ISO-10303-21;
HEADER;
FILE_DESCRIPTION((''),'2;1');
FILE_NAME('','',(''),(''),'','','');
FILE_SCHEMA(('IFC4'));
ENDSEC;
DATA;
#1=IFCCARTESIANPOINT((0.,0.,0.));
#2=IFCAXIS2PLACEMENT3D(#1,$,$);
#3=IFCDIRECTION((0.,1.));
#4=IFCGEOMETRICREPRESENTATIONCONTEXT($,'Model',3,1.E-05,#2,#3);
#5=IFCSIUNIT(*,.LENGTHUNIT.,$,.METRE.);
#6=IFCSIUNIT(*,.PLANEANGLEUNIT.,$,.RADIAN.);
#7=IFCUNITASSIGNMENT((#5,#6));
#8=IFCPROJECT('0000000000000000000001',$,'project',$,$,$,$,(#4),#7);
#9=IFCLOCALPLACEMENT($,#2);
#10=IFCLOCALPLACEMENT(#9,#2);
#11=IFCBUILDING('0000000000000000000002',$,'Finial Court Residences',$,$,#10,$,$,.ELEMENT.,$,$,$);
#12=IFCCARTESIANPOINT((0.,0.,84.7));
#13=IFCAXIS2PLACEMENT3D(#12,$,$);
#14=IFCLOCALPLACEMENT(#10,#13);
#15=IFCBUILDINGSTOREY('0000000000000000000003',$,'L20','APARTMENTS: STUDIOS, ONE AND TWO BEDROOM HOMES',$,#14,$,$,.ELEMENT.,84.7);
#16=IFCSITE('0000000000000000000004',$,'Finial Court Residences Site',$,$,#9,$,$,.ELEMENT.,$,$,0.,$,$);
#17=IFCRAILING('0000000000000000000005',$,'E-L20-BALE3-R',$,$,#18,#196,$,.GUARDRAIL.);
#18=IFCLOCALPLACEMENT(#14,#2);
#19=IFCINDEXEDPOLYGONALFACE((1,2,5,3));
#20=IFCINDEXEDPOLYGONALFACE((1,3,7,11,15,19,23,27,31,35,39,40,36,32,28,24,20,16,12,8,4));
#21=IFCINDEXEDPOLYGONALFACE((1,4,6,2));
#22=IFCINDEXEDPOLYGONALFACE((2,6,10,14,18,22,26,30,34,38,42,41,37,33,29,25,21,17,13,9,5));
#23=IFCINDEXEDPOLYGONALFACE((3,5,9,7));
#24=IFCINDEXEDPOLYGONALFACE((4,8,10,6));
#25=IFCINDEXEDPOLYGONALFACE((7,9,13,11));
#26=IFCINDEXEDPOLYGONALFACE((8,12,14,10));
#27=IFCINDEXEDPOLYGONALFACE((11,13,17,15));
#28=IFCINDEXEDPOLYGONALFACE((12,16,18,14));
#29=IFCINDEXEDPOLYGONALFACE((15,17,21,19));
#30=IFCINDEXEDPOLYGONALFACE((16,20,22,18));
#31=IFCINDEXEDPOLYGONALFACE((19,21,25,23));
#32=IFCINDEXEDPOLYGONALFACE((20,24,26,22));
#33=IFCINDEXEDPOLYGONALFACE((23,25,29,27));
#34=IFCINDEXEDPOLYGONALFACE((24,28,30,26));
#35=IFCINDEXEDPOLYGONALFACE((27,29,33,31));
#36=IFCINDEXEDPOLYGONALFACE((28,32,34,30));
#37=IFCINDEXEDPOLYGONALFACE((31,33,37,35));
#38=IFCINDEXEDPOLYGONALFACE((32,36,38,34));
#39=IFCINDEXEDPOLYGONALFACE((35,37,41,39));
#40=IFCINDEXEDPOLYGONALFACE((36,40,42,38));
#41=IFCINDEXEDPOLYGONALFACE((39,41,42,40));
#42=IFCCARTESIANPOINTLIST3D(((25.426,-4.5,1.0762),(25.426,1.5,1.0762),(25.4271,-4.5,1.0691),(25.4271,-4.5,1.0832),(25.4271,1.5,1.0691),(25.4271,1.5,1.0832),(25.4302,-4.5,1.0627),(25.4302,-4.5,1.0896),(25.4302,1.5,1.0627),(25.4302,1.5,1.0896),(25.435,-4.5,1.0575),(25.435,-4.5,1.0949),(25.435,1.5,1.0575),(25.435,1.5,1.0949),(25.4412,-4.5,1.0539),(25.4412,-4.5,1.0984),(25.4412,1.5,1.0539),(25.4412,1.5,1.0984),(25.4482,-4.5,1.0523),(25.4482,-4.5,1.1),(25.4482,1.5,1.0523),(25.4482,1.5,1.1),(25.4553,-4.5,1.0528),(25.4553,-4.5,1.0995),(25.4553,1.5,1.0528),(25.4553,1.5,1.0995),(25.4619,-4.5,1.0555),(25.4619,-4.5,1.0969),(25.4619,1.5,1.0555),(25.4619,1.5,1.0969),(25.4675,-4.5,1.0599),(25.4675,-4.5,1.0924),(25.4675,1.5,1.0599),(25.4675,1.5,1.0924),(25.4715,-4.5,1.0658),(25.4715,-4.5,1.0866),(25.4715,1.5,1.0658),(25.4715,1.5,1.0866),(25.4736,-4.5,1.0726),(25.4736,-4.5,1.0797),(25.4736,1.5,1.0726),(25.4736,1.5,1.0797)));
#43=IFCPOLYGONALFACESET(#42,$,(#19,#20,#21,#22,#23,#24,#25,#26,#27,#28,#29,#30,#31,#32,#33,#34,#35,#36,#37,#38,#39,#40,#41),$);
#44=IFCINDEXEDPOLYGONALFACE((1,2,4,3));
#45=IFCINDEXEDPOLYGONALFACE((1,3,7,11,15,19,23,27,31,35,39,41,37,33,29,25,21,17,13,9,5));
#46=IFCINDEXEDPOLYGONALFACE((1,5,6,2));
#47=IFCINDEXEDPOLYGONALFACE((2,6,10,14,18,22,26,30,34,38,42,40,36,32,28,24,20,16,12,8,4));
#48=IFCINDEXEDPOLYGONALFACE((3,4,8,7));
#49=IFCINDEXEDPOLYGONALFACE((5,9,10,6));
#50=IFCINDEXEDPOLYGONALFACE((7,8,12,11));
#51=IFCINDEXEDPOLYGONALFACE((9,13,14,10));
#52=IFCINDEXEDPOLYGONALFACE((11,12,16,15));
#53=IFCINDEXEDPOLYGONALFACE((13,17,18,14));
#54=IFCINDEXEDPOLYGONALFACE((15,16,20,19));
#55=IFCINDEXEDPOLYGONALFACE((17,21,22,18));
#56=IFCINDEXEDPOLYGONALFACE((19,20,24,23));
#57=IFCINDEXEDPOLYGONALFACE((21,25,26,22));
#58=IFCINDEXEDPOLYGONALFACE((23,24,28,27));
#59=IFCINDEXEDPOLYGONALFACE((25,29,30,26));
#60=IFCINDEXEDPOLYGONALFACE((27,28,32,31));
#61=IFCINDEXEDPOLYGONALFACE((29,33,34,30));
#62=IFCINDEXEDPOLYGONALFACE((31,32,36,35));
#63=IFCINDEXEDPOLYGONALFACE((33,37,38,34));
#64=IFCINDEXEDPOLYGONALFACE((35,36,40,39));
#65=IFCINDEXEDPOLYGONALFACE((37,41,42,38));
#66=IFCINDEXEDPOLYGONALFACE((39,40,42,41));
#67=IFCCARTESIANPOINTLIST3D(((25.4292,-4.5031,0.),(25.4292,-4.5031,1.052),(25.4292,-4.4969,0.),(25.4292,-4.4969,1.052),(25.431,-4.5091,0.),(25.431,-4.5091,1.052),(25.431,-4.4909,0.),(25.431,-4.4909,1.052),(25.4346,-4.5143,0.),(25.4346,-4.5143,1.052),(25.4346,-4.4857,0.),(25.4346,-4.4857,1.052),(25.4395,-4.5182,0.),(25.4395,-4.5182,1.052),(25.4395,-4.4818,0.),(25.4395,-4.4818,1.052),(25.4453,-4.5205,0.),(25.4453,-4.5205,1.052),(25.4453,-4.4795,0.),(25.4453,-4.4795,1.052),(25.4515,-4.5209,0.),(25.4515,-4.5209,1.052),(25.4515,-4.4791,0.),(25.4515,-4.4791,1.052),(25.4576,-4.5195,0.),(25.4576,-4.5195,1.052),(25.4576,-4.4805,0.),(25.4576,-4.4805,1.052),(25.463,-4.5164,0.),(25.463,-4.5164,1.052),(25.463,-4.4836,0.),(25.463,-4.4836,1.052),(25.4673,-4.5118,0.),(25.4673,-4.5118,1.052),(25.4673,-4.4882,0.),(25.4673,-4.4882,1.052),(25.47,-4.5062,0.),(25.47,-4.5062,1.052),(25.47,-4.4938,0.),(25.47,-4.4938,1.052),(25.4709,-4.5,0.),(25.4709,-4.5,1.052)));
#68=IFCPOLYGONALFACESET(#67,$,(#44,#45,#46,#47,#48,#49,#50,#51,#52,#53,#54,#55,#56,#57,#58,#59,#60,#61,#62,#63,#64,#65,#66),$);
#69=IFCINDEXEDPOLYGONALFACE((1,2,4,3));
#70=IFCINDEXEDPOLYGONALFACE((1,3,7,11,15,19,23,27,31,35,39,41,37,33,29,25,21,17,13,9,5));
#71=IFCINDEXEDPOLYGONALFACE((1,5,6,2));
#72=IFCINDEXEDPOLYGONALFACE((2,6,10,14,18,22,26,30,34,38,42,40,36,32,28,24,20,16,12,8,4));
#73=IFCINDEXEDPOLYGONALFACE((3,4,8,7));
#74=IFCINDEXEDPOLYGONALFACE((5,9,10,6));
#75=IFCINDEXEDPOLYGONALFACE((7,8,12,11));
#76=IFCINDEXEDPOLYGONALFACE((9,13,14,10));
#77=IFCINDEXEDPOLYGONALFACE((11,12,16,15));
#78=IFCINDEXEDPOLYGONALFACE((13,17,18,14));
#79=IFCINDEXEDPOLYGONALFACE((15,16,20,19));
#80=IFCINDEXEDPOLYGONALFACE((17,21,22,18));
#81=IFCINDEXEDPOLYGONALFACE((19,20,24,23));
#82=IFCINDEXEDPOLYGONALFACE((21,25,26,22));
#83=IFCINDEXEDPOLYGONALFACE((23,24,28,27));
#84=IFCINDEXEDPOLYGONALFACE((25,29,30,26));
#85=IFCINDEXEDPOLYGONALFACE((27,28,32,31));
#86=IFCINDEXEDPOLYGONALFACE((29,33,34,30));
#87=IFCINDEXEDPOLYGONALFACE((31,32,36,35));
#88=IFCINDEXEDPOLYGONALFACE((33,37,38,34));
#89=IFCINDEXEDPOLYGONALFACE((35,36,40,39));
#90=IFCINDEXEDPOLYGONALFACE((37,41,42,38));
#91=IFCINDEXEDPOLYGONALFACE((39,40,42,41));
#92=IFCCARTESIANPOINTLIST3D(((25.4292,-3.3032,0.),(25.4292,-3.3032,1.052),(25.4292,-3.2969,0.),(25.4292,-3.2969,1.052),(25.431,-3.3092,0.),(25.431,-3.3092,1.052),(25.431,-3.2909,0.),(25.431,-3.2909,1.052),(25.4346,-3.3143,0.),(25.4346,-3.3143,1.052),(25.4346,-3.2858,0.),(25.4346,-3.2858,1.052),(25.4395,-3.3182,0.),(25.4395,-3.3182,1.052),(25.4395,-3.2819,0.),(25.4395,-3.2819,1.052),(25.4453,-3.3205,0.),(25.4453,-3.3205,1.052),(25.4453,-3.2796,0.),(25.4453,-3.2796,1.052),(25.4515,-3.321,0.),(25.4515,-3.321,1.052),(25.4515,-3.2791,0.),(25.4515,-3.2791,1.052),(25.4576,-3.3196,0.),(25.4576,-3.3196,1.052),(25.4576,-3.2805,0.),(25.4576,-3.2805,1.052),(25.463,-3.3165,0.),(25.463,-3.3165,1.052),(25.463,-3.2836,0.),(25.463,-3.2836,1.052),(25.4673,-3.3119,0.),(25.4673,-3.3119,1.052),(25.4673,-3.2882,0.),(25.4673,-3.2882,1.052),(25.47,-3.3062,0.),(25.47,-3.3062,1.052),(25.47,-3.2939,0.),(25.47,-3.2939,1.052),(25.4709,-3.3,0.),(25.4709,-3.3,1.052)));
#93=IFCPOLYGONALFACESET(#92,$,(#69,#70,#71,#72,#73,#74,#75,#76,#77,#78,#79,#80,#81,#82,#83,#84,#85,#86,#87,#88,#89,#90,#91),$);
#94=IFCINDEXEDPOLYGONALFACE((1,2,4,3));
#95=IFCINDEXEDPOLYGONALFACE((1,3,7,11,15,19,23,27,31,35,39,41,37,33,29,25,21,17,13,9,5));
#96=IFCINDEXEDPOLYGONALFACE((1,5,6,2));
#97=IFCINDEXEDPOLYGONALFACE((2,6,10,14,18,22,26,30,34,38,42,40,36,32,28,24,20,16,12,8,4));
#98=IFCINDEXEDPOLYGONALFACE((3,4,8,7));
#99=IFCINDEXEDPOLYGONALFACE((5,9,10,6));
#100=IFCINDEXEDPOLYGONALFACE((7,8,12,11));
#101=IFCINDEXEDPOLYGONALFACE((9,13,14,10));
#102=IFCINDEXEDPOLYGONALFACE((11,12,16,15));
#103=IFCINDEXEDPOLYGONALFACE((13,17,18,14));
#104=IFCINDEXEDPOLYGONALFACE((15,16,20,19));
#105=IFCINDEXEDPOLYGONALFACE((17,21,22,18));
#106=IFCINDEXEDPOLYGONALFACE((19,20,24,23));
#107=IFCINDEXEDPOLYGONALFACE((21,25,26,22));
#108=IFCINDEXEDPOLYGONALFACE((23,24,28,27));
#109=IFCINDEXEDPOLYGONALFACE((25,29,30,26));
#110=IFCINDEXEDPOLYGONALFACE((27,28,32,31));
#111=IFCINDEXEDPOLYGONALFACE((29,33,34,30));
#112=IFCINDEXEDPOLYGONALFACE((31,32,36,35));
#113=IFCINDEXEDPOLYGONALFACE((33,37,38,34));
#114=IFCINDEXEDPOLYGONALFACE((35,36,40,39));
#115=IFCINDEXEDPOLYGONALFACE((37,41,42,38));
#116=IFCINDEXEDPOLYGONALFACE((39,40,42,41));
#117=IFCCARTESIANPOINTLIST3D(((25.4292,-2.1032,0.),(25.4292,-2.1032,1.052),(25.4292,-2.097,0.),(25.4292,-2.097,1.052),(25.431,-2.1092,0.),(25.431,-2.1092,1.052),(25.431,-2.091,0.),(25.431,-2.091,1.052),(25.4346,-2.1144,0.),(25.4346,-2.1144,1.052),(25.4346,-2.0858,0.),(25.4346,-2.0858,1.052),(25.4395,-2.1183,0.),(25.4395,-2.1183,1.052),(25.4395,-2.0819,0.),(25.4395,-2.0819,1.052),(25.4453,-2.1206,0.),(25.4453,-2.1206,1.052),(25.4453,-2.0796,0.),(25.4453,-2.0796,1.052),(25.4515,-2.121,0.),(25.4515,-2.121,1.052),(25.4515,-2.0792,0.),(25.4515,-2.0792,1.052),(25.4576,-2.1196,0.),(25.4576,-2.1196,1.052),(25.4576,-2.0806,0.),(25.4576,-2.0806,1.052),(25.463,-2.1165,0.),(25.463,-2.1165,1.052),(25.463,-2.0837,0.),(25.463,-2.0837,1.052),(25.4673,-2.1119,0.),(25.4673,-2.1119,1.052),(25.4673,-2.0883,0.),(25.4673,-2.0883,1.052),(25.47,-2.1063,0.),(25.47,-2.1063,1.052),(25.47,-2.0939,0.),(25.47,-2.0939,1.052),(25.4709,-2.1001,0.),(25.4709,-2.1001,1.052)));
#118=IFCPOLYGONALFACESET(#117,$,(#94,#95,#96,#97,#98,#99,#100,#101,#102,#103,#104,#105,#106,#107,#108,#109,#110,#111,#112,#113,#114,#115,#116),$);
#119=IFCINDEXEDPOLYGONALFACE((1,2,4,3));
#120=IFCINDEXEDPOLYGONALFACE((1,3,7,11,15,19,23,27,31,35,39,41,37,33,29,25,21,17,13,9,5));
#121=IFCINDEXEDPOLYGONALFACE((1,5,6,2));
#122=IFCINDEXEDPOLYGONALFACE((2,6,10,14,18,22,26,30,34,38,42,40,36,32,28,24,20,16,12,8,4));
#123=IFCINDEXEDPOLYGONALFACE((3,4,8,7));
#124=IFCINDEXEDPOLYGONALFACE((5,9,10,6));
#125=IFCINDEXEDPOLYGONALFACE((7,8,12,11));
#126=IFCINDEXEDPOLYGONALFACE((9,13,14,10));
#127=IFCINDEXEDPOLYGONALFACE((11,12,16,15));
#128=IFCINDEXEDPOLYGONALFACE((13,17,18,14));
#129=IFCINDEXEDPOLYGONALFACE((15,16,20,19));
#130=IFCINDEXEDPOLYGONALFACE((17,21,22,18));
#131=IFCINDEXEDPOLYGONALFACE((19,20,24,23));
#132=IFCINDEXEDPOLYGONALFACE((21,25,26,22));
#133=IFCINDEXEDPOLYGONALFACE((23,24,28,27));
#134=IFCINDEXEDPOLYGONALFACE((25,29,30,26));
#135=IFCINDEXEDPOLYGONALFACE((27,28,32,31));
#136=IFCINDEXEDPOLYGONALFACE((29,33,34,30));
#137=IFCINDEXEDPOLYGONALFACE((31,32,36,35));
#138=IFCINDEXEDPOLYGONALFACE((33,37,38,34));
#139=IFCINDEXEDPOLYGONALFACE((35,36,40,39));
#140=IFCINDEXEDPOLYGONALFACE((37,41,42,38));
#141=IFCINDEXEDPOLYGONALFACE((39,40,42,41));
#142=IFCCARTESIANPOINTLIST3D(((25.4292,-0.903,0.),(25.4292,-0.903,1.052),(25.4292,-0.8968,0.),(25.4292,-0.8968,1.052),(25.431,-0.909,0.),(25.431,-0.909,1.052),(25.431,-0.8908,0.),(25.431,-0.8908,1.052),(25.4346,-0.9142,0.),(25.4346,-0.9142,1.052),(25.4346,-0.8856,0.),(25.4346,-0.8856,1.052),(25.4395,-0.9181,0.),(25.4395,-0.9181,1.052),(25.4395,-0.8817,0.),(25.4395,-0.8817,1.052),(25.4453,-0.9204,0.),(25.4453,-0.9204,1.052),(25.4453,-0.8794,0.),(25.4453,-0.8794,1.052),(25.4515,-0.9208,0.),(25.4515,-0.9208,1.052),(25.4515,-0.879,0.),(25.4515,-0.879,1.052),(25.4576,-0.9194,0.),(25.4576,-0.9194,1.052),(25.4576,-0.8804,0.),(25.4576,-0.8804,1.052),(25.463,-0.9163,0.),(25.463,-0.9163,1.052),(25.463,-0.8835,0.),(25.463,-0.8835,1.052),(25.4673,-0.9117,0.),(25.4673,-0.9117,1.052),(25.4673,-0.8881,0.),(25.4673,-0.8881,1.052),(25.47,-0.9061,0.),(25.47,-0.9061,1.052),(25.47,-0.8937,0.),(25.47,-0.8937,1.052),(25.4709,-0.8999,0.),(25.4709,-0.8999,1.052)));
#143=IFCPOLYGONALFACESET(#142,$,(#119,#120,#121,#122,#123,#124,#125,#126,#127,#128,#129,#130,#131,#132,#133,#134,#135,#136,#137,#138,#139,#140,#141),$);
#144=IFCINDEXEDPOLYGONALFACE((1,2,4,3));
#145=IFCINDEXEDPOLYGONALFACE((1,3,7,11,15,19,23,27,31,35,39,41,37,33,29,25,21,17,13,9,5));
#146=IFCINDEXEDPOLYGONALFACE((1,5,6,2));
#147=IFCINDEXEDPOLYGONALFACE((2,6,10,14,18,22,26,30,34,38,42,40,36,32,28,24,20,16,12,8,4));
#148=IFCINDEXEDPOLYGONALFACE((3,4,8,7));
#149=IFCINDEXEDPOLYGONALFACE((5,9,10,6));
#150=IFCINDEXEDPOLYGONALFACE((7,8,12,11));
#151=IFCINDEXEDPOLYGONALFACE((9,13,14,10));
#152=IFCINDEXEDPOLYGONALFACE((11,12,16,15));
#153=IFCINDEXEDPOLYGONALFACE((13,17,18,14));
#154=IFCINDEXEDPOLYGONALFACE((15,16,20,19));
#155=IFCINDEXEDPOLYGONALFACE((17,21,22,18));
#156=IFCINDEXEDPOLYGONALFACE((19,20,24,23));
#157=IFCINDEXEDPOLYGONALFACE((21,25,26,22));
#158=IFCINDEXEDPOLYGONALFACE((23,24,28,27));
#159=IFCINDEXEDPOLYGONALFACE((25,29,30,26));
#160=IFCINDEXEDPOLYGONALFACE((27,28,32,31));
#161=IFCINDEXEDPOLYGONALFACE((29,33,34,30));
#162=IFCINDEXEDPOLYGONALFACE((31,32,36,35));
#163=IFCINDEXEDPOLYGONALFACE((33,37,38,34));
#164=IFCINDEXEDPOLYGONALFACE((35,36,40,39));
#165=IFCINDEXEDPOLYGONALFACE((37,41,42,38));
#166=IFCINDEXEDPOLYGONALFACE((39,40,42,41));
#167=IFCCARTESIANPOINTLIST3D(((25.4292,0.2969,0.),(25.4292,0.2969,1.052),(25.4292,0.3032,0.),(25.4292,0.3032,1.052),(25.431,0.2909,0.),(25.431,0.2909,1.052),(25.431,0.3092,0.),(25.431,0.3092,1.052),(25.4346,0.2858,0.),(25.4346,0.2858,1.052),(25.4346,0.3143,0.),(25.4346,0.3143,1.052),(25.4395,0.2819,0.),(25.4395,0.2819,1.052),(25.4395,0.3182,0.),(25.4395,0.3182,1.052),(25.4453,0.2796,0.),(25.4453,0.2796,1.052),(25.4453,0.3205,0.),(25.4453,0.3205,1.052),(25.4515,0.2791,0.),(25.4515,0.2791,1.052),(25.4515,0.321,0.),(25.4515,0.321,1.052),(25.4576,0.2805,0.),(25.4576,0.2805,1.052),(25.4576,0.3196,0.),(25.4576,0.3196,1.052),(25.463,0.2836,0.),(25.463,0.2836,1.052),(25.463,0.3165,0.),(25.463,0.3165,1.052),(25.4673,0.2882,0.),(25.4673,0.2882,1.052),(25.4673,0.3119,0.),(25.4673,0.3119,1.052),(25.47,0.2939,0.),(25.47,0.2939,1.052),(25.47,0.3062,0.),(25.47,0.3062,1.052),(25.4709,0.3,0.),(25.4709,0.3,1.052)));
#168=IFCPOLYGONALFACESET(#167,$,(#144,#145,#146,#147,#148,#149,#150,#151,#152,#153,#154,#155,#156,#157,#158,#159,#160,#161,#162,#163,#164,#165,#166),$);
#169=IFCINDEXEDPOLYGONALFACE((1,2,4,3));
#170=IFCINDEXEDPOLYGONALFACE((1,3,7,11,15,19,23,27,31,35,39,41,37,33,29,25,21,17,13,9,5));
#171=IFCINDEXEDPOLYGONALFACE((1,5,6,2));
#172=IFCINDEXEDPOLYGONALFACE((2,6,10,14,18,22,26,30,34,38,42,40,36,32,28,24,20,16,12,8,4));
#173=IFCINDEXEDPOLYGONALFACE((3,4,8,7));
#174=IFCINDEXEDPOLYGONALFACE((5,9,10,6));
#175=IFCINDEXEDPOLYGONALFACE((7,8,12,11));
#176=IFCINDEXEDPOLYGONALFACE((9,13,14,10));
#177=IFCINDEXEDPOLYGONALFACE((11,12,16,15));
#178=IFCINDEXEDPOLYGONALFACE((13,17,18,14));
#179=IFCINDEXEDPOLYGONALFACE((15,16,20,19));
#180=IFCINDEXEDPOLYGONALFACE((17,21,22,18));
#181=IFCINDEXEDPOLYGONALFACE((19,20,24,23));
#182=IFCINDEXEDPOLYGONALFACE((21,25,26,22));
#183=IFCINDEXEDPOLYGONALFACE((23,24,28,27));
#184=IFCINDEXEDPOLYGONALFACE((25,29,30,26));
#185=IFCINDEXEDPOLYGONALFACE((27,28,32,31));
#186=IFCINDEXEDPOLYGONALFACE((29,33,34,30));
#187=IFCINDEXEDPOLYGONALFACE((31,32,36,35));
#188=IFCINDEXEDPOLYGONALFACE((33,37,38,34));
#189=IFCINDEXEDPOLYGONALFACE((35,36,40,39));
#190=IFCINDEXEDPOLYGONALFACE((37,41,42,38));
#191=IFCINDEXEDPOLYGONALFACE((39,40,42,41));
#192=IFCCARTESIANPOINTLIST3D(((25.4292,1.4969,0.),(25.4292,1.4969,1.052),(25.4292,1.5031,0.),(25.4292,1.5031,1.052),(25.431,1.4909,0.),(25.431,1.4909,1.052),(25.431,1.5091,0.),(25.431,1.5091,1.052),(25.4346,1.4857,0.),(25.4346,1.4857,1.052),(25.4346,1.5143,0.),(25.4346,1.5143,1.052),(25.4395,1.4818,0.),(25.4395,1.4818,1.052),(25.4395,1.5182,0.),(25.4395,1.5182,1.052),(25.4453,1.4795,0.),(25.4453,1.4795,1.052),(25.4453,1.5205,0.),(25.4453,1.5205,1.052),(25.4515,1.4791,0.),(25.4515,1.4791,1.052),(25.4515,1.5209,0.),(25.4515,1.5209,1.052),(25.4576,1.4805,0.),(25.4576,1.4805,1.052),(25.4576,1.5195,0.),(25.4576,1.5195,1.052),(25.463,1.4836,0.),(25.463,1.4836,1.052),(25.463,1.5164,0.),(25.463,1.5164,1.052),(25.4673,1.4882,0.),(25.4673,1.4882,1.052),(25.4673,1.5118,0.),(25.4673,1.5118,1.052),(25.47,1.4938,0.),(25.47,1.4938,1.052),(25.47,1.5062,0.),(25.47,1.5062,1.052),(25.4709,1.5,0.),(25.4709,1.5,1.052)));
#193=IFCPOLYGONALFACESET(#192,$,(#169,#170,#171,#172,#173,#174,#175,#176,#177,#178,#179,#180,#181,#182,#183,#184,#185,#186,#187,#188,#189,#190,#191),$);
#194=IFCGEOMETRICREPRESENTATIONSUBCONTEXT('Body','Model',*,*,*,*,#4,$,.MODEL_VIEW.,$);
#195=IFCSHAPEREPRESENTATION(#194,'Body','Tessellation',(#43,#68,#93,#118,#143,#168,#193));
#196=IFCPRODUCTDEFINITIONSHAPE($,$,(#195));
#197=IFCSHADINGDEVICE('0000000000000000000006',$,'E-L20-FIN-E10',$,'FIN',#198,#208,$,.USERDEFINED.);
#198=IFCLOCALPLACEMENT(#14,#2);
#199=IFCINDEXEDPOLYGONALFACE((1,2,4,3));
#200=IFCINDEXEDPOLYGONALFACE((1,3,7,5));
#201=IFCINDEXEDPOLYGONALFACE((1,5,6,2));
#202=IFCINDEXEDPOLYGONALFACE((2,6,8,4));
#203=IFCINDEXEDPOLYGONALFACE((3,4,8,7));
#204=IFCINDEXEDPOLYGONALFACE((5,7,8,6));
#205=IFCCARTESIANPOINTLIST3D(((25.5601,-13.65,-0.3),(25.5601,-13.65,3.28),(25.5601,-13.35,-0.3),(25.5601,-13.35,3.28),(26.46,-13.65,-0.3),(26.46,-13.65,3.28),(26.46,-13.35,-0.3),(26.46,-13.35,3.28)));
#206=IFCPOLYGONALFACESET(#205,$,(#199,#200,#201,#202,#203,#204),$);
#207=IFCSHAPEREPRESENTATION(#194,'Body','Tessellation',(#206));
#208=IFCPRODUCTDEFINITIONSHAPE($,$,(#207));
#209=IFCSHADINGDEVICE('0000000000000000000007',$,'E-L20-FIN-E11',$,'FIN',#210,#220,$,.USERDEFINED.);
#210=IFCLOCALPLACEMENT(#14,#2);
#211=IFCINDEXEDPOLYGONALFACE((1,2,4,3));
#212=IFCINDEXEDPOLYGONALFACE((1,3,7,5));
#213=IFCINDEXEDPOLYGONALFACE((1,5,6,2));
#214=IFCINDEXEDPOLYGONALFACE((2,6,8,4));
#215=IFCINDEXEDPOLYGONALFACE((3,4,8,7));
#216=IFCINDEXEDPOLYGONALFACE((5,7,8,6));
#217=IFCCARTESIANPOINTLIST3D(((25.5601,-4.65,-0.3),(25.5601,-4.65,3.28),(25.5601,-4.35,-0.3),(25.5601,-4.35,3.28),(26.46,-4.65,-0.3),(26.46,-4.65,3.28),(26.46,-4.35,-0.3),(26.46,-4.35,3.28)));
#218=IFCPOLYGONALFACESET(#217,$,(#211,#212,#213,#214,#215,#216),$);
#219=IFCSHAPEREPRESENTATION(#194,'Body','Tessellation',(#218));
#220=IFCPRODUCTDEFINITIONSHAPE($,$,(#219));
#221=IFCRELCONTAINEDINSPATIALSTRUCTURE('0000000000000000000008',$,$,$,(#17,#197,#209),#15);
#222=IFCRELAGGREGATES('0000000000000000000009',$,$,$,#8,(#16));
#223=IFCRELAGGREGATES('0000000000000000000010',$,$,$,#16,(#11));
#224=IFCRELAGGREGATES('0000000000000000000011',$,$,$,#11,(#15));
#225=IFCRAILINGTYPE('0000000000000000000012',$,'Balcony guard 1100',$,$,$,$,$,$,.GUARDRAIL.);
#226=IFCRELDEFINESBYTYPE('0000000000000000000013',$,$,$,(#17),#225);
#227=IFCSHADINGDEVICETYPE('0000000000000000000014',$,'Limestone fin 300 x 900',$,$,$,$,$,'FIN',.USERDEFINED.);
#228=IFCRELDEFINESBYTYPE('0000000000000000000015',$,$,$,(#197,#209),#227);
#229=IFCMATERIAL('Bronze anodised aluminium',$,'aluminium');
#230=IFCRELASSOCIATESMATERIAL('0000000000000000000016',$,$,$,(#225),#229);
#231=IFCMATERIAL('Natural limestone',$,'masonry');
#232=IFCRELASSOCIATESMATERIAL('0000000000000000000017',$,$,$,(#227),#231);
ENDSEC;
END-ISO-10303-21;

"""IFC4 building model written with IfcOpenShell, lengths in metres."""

from ifc_helpers import new_model, si_unit, direction, frame, origin, origin_2d, place, context, subcontext, project, spatial, rectangle, circle, extrude, material, type_object, element, save


model = new_model("IFC4")

# Units and contexts
model_context = context("Model", 3, precision=1e-05, world=origin(), true_north=direction((0.0, 1.0)))
body_context = subcontext(model_context, "Body", "Model", "MODEL_VIEW")
ifc_project = project(units=[si_unit("LENGTHUNIT", "METRE"), si_unit("PLANEANGLEUNIT", "RADIAN")], contexts=[model_context])

# Site, building, storey
site_placement = place(None, origin())
site = spatial("IfcSite", under=ifc_project, at=site_placement, Name="Finial Court Residences Site", CompositionType="ELEMENT", RefElevation=0.0)
building_placement = place(site_placement, origin())
building = spatial("IfcBuilding", under=site, at=building_placement, Name="Finial Court Residences", CompositionType="ELEMENT")
storey_placement = place(building_placement, frame((0.0, 0.0, 84.7)))
storey = spatial("IfcBuildingStorey", under=building, at=storey_placement, Name="L20", Description="APARTMENTS: STUDIOS, ONE AND TWO BEDROOM HOMES", CompositionType="ELEMENT", Elevation=84.7)

# Shared definitions
ifc_material_1 = material(Name="Bronze anodised aluminium", Category="aluminium")

# Shared definitions
ifc_material_2 = material(Name="Natural limestone", Category="masonry")

# Railing
railing_type = type_object("IfcRailingType", Name="Balcony guard 1100", PredefinedType="GUARDRAIL", material=ifc_material_1)
railing_placement = place(storey_placement, frame((25.45, -4.5, 0.0)))
element("IfcRailing", 1, at=railing_placement, inside=storey, type_object=railing_type, Name="E-L20-BALE3-R", PredefinedType="GUARDRAIL", context=body_context, shape_type="SweptSolid", body=[
    extrude(circle(Radius=0.0239, at=origin_2d()), frame((0.0, 0.0, 1.0762), z_axis=(0.0, 1.0, 0.0), x_axis=(-1.0, 0.0, 0.0)), (0.0, 0.0, 1.0), 6.0),
    extrude(circle(Radius=0.021, at=origin_2d()), origin(), (0.0, 0.0, 1.0), 1.052),
    extrude(circle(Radius=0.021, at=origin_2d()), frame((0.0, 1.2, 0.0)), (0.0, 0.0, 1.0), 1.052),
    extrude(circle(Radius=0.021, at=origin_2d()), frame((0.0, 2.3999, 0.0)), (0.0, 0.0, 1.0), 1.052),
    extrude(circle(Radius=0.021, at=origin_2d()), frame((0.0, 3.6001, 0.0)), (0.0, 0.0, 1.0), 1.052),
    extrude(circle(Radius=0.021, at=origin_2d()), frame((0.0, 4.8, 0.0)), (0.0, 0.0, 1.0), 1.052),
    extrude(circle(Radius=0.021, at=origin_2d()), frame((0.0, 6.0, 0.0)), (0.0, 0.0, 1.0), 1.052),
])

# Shading devices
shading_device_type = type_object("IfcShadingDeviceType", Name="Limestone fin 300 x 900", ElementType="FIN", PredefinedType="USERDEFINED", material=ifc_material_2)
for number, where, z_axis, x_axis, name in (
    (2, (26.01, -13.5, -0.3), (0.0, 0.0, 1.0), (1.0, 0.0, 0.0), "E-L20-FIN-E10"),
    (3, (26.01, -4.5, -0.3), (0.0, 0.0, 1.0), (1.0, 0.0, 0.0), "E-L20-FIN-E11"),
):
    element("IfcShadingDevice", number, at=place(storey_placement, frame(where, z_axis=z_axis, x_axis=x_axis)), inside=storey, type_object=shading_device_type, Name=name, ObjectType="FIN", PredefinedType="USERDEFINED", context=body_context, shape_type="SweptSolid", body=[
        extrude(rectangle(XDim=0.8999, YDim=0.3, at=origin_2d()), origin(), (0.0, 0.0, 1.0), 3.5801),
    ])

save(model, "model.ifc")
